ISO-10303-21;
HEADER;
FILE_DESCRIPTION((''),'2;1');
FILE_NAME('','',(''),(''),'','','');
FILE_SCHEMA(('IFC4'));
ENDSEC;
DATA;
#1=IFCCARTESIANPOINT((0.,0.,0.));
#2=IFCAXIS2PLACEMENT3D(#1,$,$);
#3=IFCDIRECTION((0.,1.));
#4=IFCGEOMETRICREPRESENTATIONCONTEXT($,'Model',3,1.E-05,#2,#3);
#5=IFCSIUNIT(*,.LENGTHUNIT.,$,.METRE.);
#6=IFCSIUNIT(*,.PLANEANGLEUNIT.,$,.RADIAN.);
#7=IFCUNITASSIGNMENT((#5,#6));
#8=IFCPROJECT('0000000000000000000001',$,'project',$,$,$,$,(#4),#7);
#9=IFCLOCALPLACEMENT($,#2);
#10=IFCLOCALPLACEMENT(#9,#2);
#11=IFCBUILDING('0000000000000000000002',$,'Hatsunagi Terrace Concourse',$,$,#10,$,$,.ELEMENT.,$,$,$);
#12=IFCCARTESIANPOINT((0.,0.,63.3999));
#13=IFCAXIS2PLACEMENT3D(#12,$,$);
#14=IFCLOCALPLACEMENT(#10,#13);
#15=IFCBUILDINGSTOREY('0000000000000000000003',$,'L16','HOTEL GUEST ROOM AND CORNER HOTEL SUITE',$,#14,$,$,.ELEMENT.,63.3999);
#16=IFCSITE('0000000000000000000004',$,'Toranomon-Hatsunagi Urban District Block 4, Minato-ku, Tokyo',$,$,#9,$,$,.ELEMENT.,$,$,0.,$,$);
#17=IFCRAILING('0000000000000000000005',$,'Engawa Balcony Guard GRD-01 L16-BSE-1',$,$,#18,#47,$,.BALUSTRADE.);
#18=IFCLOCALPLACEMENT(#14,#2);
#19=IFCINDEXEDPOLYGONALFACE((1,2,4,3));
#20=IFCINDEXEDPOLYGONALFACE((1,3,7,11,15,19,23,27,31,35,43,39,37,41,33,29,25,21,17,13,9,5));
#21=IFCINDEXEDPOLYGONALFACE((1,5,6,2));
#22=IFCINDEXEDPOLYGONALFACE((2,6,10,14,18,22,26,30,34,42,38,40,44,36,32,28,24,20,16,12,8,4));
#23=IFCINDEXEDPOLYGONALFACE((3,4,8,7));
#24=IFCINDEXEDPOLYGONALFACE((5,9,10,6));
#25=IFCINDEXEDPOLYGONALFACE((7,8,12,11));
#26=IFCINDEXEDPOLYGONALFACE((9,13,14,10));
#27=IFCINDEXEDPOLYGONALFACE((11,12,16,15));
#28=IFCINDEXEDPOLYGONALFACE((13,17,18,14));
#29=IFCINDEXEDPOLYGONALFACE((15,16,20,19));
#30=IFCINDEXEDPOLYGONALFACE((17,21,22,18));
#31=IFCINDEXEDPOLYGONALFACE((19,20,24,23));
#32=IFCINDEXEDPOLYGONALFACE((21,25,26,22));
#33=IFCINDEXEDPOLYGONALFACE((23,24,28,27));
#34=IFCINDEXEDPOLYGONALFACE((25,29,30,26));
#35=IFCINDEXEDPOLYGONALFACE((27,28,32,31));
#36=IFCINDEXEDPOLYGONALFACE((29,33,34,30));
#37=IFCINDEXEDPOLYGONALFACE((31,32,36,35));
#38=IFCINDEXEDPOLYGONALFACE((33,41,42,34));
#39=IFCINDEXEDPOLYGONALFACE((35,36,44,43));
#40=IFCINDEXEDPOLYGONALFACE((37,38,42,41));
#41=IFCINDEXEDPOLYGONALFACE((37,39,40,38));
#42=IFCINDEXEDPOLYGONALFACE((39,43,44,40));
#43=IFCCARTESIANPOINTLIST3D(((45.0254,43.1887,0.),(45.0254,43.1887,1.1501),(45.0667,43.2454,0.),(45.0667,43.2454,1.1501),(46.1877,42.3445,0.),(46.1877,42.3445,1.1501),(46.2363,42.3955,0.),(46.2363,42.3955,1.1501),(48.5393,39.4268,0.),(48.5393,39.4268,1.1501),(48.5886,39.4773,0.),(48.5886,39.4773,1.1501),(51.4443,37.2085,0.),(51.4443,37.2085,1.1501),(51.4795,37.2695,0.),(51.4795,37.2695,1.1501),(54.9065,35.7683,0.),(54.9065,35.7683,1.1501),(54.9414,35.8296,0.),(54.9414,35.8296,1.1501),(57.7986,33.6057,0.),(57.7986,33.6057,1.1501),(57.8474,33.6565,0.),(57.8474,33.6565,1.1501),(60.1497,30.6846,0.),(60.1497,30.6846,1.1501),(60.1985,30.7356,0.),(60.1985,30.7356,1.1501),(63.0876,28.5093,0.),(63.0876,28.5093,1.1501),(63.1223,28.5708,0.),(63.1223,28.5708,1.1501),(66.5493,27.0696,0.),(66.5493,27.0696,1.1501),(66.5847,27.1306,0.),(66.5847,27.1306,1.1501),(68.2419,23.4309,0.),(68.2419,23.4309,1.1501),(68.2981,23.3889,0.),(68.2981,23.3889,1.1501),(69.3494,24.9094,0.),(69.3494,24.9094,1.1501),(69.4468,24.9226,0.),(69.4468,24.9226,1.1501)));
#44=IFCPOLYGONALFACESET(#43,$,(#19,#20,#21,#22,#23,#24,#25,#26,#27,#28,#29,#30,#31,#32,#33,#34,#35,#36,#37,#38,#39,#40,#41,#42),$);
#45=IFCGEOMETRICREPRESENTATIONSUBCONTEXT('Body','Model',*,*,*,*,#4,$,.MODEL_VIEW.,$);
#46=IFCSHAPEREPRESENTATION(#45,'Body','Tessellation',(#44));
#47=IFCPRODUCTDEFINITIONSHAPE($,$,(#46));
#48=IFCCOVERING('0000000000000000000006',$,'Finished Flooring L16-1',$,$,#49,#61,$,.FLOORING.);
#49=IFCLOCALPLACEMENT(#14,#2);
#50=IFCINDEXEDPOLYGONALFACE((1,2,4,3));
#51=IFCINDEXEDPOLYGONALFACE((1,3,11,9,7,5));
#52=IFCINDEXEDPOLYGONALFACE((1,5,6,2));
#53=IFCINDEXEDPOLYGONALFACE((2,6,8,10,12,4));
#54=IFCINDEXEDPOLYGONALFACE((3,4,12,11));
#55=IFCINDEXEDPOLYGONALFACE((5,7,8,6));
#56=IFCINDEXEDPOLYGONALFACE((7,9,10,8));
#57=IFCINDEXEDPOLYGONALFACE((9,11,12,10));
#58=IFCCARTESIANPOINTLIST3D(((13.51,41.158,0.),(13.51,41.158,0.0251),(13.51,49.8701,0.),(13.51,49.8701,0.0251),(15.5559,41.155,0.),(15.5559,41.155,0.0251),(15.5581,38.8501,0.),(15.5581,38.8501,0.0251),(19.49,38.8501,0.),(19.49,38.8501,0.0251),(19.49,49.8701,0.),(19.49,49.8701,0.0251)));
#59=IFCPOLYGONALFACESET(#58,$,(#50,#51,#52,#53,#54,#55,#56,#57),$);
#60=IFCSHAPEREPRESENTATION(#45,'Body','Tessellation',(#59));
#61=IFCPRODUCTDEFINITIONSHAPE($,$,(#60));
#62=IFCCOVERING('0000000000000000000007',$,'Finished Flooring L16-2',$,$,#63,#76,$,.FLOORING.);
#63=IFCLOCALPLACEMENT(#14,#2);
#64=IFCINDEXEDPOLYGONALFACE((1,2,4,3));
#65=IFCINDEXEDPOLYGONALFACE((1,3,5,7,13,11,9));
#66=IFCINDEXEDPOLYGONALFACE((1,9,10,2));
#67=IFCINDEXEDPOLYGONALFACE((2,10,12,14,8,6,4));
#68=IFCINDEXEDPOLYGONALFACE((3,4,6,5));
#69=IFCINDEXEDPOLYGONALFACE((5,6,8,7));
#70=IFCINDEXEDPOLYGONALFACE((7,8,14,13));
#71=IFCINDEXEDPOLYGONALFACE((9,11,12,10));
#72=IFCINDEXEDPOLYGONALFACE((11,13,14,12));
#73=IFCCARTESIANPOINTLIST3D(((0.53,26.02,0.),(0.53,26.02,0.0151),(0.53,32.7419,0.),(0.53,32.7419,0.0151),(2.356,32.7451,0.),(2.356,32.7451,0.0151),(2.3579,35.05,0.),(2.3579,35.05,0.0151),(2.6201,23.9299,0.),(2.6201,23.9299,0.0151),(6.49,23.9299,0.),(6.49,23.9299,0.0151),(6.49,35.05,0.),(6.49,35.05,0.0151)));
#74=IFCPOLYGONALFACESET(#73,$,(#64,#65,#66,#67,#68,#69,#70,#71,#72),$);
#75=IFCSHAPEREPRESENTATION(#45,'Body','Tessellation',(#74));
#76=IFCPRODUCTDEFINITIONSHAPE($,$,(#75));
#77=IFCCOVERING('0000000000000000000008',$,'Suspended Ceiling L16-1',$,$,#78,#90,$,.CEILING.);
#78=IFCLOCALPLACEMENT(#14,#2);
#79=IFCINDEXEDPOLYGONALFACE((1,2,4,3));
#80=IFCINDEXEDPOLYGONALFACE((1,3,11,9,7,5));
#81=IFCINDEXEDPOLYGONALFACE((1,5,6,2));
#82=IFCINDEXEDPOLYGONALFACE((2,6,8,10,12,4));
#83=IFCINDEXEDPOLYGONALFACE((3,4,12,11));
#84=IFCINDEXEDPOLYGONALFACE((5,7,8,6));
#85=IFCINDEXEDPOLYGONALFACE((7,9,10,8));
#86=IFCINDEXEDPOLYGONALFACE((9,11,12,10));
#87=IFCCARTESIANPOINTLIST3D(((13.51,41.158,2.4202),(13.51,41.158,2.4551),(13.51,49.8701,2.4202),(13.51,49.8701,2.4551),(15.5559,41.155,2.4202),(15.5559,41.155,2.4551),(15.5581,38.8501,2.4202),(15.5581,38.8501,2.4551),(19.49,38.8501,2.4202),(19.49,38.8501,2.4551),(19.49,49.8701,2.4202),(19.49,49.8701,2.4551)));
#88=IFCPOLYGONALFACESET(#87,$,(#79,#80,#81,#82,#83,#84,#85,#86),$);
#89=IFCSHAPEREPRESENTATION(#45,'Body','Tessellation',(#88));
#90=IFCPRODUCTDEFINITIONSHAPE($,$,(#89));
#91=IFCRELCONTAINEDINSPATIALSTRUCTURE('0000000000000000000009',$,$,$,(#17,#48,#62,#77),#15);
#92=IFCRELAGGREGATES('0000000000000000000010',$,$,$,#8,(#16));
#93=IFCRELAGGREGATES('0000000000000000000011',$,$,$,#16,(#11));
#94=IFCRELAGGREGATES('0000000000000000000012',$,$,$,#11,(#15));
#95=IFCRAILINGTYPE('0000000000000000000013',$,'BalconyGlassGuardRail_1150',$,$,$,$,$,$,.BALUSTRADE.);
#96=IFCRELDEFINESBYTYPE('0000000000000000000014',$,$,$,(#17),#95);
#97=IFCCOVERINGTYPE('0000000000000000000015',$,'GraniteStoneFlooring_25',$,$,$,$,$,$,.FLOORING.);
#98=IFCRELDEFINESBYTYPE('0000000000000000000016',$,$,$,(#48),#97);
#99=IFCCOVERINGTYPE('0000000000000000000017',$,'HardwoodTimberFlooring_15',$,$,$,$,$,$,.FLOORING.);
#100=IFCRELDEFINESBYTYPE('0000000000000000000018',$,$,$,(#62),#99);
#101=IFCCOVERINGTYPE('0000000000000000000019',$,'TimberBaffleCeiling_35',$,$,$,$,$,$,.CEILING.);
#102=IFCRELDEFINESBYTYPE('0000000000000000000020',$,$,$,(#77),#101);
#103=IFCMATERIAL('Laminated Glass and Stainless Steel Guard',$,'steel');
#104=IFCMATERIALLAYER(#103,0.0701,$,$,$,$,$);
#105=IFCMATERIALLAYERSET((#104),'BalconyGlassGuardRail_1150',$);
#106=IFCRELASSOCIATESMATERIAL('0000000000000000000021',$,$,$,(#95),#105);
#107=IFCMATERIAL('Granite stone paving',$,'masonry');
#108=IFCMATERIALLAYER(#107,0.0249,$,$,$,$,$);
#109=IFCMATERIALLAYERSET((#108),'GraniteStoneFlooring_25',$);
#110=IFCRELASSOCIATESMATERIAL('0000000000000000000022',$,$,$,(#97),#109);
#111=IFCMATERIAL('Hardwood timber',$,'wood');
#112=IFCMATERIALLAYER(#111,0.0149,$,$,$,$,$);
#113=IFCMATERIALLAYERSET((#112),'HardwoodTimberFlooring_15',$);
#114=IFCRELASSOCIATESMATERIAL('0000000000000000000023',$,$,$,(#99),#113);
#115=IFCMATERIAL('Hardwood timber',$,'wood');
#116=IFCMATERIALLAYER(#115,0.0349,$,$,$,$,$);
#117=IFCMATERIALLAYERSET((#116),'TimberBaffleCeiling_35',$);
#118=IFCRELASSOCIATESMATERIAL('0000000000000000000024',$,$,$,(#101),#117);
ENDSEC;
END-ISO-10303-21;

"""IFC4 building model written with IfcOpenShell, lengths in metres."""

from ifc_helpers import new_model, si_unit, direction, frame, origin, place, context, subcontext, project, spatial, polyline, outline, extrude, material, layer, layer_set, type_object, element, save


model = new_model("IFC4")

# Units and contexts
model_context = context("Model", 3, precision=1e-05, world=origin(), true_north=direction((0.0, 1.0)))
body_context = subcontext(model_context, "Body", "Model", "MODEL_VIEW")
ifc_project = project(units=[si_unit("LENGTHUNIT", "METRE"), si_unit("PLANEANGLEUNIT", "RADIAN")], contexts=[model_context])

# Site, building, storey
site_placement = place(None, origin())
site = spatial("IfcSite", under=ifc_project, at=site_placement, Name="Toranomon-Hatsunagi Urban District Block 4, Minato-ku, Tokyo", CompositionType="ELEMENT", RefElevation=0.0)
building_placement = place(site_placement, origin())
building = spatial("IfcBuilding", under=site, at=building_placement, Name="Hatsunagi Terrace Concourse", CompositionType="ELEMENT")
storey_placement = place(building_placement, frame((0.0, 0.0, 63.3999)))
storey = spatial("IfcBuildingStorey", under=building, at=storey_placement, Name="L16", Description="HOTEL GUEST ROOM AND CORNER HOTEL SUITE", CompositionType="ELEMENT", Elevation=63.3999)

# Railing
ifc_material_1 = material(Name="Laminated Glass and Stainless Steel Guard", Category="steel")
ifc_layer_1 = layer(ifc_material_1, 0.0701)
ifc_layer_set_1 = layer_set([ifc_layer_1], Name="BalconyGlassGuardRail_1150")
railing_type = type_object("IfcRailingType", Name="BalconyGlassGuardRail_1150", PredefinedType="BALUSTRADE", material=ifc_layer_set_1)
railing_1_placement = place(storey_placement, origin())
element("IfcRailing", 1, at=railing_1_placement, inside=storey, type_object=railing_type, Name="Engawa Balcony Guard GRD-01 L16-BSE-1", PredefinedType="BALUSTRADE", context=body_context, shape_type="SweptSolid", body=[
    extrude(outline(polyline([(45.0667, 43.2454), (45.0254, 43.1887), (46.1877, 42.3445), (48.5393, 39.4268), (51.4443, 37.2085), (54.9065, 35.7683), (57.7986, 33.6057), (60.1497, 30.6846), (63.0876, 28.5093), (66.5493, 27.0696), (69.3494, 24.9094), (68.2419, 23.4309), (68.2981, 23.3889), (69.4468, 24.9226), (66.5847, 27.1306), (63.1223, 28.5708), (60.1985, 30.7356), (57.8474, 33.6565), (54.9414, 35.8296), (51.4795, 37.2695), (48.5886, 39.4773), (46.2363, 42.3955), (45.0667, 43.2454)])), origin(), (0.0, 0.0, 1.0), 1.1501),
])

# Coverings
ifc_material_2 = material(Name="Granite stone paving", Category="masonry")
ifc_layer_2 = layer(ifc_material_2, 0.0249)
ifc_layer_set_2 = layer_set([ifc_layer_2], Name="GraniteStoneFlooring_25")
covering_type_1 = type_object("IfcCoveringType", Name="GraniteStoneFlooring_25", PredefinedType="FLOORING", material=ifc_layer_set_2)
covering_1_placement = place(storey_placement, origin())
element("IfcCovering", 2, at=covering_1_placement, inside=storey, type_object=covering_type_1, Name="Finished Flooring L16-1", PredefinedType="FLOORING", context=body_context, shape_type="SweptSolid", body=[
    extrude(outline(polyline([(13.51, 49.8701), (13.51, 41.158), (15.5559, 41.155), (15.5581, 38.8501), (19.49, 38.8501), (19.49, 49.8701), (13.51, 49.8701)])), origin(), (0.0, 0.0, 1.0), 0.0251),
])
ifc_material_3 = material(Name="Hardwood timber", Category="wood")
ifc_layer_3 = layer(ifc_material_3, 0.0149)
ifc_layer_set_3 = layer_set([ifc_layer_3], Name="HardwoodTimberFlooring_15")
covering_type_2 = type_object("IfcCoveringType", Name="HardwoodTimberFlooring_15", PredefinedType="FLOORING", material=ifc_layer_set_3)
covering_2_placement = place(storey_placement, origin())
element("IfcCovering", 3, at=covering_2_placement, inside=storey, type_object=covering_type_2, Name="Finished Flooring L16-2", PredefinedType="FLOORING", context=body_context, shape_type="SweptSolid", body=[
    extrude(outline(polyline([(2.6201, 23.9299), (6.49, 23.9299), (6.49, 35.05), (2.3579, 35.05), (2.356, 32.7451), (0.53, 32.7419), (0.53, 26.02), (2.6201, 23.9299)])), origin(), (0.0, 0.0, 1.0), 0.0151),
])
ifc_material_4 = material(Name="Hardwood timber", Category="wood")
ifc_layer_4 = layer(ifc_material_4, 0.0349)
ifc_layer_set_4 = layer_set([ifc_layer_4], Name="TimberBaffleCeiling_35")
covering_type_3 = type_object("IfcCoveringType", Name="TimberBaffleCeiling_35", PredefinedType="CEILING", material=ifc_layer_set_4)
covering_3_placement = place(storey_placement, frame((0.0, 0.0, 2.4202)))
element("IfcCovering", 4, at=covering_3_placement, inside=storey, type_object=covering_type_3, Name="Suspended Ceiling L16-1", PredefinedType="CEILING", context=body_context, shape_type="SweptSolid", body=[
    extrude(outline(polyline([(13.51, 49.8701), (13.51, 41.158), (15.5559, 41.155), (15.5581, 38.8501), (19.49, 38.8501), (19.49, 49.8701), (13.51, 49.8701)])), origin(), (0.0, 0.0, 1.0), 0.0349),
])

save(model, "model.ifc")
